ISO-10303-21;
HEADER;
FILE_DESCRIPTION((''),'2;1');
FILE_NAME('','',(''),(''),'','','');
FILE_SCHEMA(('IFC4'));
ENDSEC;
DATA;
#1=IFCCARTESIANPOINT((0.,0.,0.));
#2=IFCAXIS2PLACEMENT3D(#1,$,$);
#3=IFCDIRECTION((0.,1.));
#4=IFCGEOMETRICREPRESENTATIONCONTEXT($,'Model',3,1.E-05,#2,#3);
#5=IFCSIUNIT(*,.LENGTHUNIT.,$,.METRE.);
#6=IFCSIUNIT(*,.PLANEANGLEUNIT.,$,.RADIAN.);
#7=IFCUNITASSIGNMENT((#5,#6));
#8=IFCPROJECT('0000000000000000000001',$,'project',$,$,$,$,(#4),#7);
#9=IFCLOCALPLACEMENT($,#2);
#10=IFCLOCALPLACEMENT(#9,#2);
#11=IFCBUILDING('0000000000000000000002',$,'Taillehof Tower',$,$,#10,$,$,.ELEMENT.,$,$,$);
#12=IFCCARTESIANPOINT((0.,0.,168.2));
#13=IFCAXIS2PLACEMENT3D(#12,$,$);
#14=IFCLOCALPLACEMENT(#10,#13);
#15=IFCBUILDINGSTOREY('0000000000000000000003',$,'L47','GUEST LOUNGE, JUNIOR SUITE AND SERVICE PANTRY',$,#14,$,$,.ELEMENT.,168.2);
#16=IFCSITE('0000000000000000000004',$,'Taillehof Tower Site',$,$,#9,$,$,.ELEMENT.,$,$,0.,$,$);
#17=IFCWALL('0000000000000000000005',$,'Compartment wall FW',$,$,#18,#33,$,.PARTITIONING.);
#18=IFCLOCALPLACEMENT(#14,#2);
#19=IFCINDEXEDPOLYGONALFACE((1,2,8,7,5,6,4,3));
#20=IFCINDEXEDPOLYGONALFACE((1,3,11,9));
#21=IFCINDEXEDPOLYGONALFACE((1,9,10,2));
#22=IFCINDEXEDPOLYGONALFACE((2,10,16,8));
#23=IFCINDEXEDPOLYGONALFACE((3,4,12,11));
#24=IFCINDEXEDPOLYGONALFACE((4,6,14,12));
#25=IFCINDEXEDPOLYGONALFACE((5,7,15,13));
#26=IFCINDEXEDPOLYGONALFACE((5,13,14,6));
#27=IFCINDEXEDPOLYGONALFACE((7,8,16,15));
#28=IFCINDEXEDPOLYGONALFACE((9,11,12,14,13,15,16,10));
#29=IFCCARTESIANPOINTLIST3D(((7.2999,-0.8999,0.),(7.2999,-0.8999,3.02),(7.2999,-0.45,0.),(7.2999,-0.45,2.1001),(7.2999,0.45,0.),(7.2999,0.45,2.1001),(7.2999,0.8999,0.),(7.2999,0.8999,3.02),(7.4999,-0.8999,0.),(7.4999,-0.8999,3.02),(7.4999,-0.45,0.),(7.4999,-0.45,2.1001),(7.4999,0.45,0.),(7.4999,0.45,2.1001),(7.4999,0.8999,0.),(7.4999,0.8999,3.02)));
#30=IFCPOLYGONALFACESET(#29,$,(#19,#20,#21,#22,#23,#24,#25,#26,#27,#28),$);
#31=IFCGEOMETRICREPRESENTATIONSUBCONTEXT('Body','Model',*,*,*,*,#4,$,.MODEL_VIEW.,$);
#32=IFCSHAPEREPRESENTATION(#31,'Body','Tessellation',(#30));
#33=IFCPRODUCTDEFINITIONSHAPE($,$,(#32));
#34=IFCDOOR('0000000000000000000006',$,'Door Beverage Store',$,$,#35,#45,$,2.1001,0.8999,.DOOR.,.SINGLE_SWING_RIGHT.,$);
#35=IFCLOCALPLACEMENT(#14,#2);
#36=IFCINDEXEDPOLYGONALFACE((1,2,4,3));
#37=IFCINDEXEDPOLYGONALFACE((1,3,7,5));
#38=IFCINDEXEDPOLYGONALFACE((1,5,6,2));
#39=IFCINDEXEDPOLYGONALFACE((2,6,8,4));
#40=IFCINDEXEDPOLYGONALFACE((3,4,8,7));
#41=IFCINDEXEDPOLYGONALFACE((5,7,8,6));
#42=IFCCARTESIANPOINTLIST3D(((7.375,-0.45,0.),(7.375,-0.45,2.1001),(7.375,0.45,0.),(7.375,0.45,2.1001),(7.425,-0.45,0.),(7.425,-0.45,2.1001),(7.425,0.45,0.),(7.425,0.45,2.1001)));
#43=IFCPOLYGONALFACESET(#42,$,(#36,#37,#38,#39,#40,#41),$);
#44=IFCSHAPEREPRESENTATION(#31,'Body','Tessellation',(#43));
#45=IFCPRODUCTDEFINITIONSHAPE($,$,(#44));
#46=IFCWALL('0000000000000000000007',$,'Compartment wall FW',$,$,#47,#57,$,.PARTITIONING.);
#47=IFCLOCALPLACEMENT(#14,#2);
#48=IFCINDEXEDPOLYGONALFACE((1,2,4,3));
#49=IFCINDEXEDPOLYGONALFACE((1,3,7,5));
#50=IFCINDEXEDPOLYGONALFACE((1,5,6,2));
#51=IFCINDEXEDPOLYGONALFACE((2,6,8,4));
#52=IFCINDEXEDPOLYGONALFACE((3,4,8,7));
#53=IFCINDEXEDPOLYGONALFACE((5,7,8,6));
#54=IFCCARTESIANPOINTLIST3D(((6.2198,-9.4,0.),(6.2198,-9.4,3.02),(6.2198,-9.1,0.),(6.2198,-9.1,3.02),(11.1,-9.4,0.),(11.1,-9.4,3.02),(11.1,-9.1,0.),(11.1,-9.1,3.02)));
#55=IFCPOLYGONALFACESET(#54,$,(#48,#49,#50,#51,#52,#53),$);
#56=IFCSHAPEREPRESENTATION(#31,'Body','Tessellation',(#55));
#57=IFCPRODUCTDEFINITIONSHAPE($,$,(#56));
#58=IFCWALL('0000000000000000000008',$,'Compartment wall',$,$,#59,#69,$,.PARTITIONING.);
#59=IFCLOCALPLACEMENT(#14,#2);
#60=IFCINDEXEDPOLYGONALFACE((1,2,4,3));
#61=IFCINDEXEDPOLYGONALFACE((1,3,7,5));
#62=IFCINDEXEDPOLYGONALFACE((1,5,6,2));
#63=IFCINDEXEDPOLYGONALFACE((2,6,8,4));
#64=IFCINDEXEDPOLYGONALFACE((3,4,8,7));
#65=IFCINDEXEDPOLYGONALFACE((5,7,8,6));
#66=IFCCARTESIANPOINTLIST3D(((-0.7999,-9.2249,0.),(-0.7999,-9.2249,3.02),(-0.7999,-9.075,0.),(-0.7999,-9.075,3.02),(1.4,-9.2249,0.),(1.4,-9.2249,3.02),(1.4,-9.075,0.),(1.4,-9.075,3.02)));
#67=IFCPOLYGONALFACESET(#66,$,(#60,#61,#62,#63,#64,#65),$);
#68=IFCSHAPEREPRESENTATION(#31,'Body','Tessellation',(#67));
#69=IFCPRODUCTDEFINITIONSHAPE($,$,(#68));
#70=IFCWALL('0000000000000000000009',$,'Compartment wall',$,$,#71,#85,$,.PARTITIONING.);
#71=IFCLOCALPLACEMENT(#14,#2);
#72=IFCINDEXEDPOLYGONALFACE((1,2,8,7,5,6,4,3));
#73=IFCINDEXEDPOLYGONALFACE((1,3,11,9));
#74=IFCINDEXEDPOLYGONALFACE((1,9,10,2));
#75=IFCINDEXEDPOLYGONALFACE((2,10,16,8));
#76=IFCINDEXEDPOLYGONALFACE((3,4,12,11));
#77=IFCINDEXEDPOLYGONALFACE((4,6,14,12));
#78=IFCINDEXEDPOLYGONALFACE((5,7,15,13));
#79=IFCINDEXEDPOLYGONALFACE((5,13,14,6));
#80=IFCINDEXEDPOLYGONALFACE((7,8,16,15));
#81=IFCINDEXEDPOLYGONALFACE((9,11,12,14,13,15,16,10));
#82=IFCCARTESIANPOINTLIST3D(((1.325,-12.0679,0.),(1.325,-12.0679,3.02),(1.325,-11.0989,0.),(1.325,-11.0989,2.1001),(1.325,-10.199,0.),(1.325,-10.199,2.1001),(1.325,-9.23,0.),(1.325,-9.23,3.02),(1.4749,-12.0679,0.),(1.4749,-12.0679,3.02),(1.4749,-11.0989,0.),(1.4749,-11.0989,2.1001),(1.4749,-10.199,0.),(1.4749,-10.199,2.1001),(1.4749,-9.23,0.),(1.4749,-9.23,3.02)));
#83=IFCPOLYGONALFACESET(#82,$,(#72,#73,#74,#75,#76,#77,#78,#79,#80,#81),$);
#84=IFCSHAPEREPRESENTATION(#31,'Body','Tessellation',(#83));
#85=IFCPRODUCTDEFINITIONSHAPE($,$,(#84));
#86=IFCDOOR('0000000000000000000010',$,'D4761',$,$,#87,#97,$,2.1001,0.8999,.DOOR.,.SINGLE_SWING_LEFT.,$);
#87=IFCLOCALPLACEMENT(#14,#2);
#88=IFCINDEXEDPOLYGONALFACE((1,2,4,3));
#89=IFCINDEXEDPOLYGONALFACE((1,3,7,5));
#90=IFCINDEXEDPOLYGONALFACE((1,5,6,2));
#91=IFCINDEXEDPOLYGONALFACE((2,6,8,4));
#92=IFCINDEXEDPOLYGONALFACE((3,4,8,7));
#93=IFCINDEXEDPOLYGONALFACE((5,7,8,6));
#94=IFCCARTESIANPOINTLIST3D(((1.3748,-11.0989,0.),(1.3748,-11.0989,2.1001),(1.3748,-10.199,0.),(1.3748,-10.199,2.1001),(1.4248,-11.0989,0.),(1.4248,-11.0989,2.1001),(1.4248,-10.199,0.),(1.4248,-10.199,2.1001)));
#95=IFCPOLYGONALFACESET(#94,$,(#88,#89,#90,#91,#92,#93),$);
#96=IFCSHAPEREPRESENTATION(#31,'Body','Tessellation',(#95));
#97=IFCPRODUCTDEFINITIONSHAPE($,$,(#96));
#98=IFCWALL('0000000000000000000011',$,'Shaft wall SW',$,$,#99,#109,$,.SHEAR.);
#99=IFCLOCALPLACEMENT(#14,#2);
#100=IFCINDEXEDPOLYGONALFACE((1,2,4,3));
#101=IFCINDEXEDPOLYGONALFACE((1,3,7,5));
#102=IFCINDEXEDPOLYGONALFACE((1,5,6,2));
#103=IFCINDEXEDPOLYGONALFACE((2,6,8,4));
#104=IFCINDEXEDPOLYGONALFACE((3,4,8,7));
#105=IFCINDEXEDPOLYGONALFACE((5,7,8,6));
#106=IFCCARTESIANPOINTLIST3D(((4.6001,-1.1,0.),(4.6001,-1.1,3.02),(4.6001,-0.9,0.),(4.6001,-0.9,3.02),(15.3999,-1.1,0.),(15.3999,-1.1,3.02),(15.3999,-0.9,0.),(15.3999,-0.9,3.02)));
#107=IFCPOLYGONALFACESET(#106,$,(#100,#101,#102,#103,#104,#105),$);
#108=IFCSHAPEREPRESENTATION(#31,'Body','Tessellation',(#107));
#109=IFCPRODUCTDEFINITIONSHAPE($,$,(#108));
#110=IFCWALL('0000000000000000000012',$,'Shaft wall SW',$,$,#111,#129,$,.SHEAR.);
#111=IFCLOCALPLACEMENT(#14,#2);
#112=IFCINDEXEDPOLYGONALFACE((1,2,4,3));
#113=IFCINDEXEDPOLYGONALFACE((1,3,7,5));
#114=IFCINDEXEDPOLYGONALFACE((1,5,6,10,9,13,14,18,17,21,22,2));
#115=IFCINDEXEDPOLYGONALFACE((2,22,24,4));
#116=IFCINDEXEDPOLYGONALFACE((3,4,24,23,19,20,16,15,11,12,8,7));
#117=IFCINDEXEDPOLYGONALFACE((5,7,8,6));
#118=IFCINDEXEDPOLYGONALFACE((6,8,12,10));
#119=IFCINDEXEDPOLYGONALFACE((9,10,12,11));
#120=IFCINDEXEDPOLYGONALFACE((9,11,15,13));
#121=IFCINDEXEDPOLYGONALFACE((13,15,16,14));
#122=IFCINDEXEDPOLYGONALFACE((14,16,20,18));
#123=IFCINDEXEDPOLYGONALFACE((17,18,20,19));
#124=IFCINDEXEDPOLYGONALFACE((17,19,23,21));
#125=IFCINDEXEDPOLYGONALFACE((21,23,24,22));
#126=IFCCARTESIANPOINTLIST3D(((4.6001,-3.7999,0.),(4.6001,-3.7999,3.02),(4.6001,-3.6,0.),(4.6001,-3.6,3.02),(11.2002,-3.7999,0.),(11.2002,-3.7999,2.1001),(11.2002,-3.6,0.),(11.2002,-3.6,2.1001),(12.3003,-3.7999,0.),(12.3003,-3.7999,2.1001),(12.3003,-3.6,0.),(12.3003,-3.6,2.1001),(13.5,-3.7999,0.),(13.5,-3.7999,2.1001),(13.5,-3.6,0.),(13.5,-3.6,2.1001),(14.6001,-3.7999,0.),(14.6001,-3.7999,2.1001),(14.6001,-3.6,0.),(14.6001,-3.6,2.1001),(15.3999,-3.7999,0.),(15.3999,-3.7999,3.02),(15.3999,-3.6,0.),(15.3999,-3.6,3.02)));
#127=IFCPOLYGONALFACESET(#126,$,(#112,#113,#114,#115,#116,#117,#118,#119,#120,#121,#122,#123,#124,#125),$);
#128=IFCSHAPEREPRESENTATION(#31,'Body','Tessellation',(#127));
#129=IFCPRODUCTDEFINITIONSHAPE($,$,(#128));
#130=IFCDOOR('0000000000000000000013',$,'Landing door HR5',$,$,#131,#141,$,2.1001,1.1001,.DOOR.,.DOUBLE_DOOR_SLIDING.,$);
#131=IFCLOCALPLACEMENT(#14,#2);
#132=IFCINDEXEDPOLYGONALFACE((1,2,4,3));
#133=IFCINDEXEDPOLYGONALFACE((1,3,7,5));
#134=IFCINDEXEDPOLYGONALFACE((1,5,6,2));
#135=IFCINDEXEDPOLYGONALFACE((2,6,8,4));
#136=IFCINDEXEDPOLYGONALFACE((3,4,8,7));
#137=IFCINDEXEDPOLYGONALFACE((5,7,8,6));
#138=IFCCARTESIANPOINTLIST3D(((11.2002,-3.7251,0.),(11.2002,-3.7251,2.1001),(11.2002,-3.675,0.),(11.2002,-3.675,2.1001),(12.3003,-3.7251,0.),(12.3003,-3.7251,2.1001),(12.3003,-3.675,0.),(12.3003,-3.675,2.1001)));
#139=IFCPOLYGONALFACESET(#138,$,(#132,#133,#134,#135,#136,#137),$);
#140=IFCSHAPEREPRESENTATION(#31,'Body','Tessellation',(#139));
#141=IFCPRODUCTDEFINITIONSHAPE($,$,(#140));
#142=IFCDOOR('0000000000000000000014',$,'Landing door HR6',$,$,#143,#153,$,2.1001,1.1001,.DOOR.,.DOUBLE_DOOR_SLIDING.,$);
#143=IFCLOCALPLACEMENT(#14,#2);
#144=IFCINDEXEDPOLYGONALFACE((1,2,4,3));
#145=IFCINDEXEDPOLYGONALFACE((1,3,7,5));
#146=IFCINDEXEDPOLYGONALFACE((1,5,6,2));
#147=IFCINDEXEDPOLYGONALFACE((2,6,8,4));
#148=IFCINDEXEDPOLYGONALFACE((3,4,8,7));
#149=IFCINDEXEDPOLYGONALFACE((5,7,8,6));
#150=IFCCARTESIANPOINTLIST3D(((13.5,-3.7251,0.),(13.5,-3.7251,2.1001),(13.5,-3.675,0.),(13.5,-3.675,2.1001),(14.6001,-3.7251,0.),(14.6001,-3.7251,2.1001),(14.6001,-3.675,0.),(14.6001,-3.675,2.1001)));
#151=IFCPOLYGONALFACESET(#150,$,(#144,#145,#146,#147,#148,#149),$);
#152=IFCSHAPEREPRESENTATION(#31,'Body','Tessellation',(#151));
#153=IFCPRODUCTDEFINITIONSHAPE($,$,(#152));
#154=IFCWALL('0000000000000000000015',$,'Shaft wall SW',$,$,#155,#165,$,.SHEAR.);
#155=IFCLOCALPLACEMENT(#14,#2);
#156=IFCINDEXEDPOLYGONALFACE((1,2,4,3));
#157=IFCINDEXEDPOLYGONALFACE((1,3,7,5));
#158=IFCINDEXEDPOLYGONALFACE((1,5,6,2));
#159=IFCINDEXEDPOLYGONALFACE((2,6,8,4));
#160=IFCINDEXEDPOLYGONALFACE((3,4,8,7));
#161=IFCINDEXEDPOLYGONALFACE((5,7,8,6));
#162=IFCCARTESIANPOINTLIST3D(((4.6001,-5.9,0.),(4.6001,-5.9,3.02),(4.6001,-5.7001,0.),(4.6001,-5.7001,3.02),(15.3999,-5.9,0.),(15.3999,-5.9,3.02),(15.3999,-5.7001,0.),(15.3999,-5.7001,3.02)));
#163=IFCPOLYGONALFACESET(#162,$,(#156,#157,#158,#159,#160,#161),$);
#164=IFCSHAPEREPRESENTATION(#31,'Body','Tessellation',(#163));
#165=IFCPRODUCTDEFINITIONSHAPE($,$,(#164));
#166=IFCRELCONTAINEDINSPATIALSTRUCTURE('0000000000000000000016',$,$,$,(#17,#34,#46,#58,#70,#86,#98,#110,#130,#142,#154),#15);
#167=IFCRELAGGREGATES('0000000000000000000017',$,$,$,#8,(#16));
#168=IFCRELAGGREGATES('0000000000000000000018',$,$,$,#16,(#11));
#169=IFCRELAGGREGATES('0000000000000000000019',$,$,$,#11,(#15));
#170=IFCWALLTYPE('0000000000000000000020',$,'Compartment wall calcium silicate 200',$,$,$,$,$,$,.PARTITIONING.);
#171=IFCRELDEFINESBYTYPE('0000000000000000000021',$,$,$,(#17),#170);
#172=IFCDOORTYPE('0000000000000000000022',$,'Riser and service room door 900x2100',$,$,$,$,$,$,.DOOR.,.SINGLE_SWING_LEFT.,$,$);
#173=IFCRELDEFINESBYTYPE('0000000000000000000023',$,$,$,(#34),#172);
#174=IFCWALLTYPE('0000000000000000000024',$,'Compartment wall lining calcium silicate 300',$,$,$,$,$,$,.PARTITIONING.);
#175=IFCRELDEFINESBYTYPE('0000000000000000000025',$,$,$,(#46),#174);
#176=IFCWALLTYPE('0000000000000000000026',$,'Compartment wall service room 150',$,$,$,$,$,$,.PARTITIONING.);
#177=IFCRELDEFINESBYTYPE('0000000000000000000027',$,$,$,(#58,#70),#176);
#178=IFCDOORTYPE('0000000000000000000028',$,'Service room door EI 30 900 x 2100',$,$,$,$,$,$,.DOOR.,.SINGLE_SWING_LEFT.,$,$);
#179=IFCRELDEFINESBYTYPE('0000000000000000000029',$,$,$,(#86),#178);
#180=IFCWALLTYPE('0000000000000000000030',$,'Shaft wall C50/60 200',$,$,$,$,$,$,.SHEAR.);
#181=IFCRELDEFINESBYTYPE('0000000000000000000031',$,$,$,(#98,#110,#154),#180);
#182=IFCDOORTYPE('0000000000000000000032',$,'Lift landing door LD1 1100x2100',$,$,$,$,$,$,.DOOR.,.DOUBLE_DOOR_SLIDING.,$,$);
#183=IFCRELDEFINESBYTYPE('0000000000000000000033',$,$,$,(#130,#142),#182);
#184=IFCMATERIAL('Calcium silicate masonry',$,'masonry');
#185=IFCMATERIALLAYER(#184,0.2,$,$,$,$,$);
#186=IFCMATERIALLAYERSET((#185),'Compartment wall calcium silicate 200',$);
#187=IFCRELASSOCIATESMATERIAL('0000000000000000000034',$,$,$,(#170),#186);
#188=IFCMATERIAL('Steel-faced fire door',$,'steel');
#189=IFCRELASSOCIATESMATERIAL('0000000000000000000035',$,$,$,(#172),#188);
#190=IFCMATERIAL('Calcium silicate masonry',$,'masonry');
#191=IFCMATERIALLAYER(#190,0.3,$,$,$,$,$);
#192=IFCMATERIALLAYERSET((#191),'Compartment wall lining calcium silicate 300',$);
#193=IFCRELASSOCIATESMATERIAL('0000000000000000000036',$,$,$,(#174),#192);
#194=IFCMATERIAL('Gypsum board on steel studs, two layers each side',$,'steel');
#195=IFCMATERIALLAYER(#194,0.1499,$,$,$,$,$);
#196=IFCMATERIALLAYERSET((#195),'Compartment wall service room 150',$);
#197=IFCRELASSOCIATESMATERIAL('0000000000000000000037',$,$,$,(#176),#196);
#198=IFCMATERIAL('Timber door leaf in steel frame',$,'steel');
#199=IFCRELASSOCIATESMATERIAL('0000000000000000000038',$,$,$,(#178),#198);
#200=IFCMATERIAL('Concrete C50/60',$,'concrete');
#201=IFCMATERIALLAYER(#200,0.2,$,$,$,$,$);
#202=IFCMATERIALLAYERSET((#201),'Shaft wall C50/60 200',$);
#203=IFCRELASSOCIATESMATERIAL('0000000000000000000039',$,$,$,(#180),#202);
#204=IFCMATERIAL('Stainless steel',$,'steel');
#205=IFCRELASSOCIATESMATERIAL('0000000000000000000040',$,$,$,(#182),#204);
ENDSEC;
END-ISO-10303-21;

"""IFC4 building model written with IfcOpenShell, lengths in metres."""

from ifc_helpers import new_model, si_unit, direction, frame, frame_2d, origin, place, context, subcontext, project, spatial, rectangle, extrude, material, layer, layer_set, type_object, element, fill, save


model = new_model("IFC4")

# Units and contexts
model_context = context("Model", 3, precision=1e-05, world=origin(), true_north=direction((0.0, 1.0)))
body_context = subcontext(model_context, "Body", "Model", "MODEL_VIEW")
ifc_project = project(units=[si_unit("LENGTHUNIT", "METRE"), si_unit("PLANEANGLEUNIT", "RADIAN")], contexts=[model_context])

# Site, building, storey
site_placement = place(None, origin())
site = spatial("IfcSite", under=ifc_project, at=site_placement, Name="Taillehof Tower Site", CompositionType="ELEMENT", RefElevation=0.0)
building_placement = place(site_placement, origin())
building = spatial("IfcBuilding", under=site, at=building_placement, Name="Taillehof Tower", CompositionType="ELEMENT")
storey_placement = place(building_placement, frame((0.0, 0.0, 168.2)))
storey = spatial("IfcBuildingStorey", under=building, at=storey_placement, Name="L47", Description="GUEST LOUNGE, JUNIOR SUITE AND SERVICE PANTRY", CompositionType="ELEMENT", Elevation=168.2)

# Wall, opening, door
ifc_material_1 = material(Name="Calcium silicate masonry", Category="masonry")
ifc_layer_1 = layer(ifc_material_1, 0.2)
ifc_layer_set_1 = layer_set([ifc_layer_1], Name="Compartment wall calcium silicate 200")
wall_type_1 = type_object("IfcWallType", Name="Compartment wall calcium silicate 200", PredefinedType="PARTITIONING", material=ifc_layer_set_1)
wall_1_placement = place(storey_placement, frame((7.3999, -0.8999, 0.0), z_axis=(0.0, 0.0, 1.0), x_axis=(0.0, 1.0, 0.0)))
wall_1 = element("IfcWall", 1, at=wall_1_placement, inside=storey, type_object=wall_type_1, Name="Compartment wall FW", PredefinedType="PARTITIONING", context=body_context, shape_type="SweptSolid", body=[
    extrude(rectangle(XDim=1.7998, YDim=0.2, at=frame_2d((0.8999, 0.0))), origin(), (0.0, 0.0, 1.0), 3.02),
])
opening_1_placement = place(wall_1_placement, frame((0.45, 0.0, 0.0)))
opening_1 = element("IfcOpeningElement", 2, at=opening_1_placement, cuts=wall_1, PredefinedType="OPENING", context=body_context, shape_type="SweptSolid", body=[
    extrude(rectangle(XDim=0.8999, YDim=2.1001, at=frame_2d((0.45, 1.05))), frame((0.0, 0.1099, 0.0), z_axis=(0.0, -1.0, 0.0), x_axis=(1.0, 0.0, 0.0)), (0.0, 0.0, 1.0), 0.22),
])
ifc_material_2 = material(Name="Steel-faced fire door", Category="steel")
door_type_1 = type_object("IfcDoorType", Name="Riser and service room door 900x2100", OperationType="SINGLE_SWING_LEFT", PredefinedType="DOOR", material=ifc_material_2)
door_1_placement = place(opening_1_placement, origin())
door_1 = element("IfcDoor", 3, at=door_1_placement, inside=storey, type_object=door_type_1, Name="Door Beverage Store", OperationType="SINGLE_SWING_RIGHT", OverallHeight=2.1001, OverallWidth=0.8999, PredefinedType="DOOR", context=body_context, shape_type="SweptSolid", body=[
    extrude(rectangle(XDim=0.8999, YDim=2.1001, at=frame_2d((0.45, 1.05))), frame((0.0, 0.0249, 0.0), z_axis=(0.0, -1.0, 0.0), x_axis=(1.0, 0.0, 0.0)), (0.0, 0.0, 1.0), 0.05),
])
fill(opening_1, door_1)

# Walls
ifc_material_3 = material(Name="Calcium silicate masonry", Category="masonry")
ifc_layer_2 = layer(ifc_material_3, 0.3)
ifc_layer_set_2 = layer_set([ifc_layer_2], Name="Compartment wall lining calcium silicate 300")
wall_type_2 = type_object("IfcWallType", Name="Compartment wall lining calcium silicate 300", PredefinedType="PARTITIONING", material=ifc_layer_set_2)
wall_2_placement = place(storey_placement, frame((6.22, -9.25, 0.0), z_axis=(0.0, 0.0, 1.0), x_axis=(1.0, 0.0, 0.0)))
element("IfcWall", 4, at=wall_2_placement, inside=storey, type_object=wall_type_2, Name="Compartment wall FW", PredefinedType="PARTITIONING", context=body_context, shape_type="SweptSolid", body=[
    extrude(rectangle(XDim=4.8801, YDim=0.3, at=frame_2d((2.4399, 0.0))), origin(), (0.0, 0.0, 1.0), 3.02),
])
ifc_material_4 = material(Name="Gypsum board on steel studs, two layers each side", Category="steel")
ifc_layer_3 = layer(ifc_material_4, 0.1499)
ifc_layer_set_3 = layer_set([ifc_layer_3], Name="Compartment wall service room 150")
wall_type_3 = type_object("IfcWallType", Name="Compartment wall service room 150", PredefinedType="PARTITIONING", material=ifc_layer_set_3)
wall_3_placement = place(storey_placement, frame((-0.8, -9.1499, 0.0), z_axis=(0.0, 0.0, 1.0), x_axis=(1.0, 0.0, 0.0)))
element("IfcWall", 5, at=wall_3_placement, inside=storey, type_object=wall_type_3, Name="Compartment wall", PredefinedType="PARTITIONING", context=body_context, shape_type="SweptSolid", body=[
    extrude(rectangle(XDim=2.2, YDim=0.1499, at=frame_2d((1.1001, 0.0))), origin(), (0.0, 0.0, 1.0), 3.02),
])

# Wall, opening, door
wall_4_placement = place(storey_placement, frame((1.3999, -9.23, 0.0), z_axis=(0.0, 0.0, 1.0), x_axis=(0.0, -1.0, 0.0)))
wall_4 = element("IfcWall", 6, at=wall_4_placement, inside=storey, type_object=wall_type_3, Name="Compartment wall", PredefinedType="PARTITIONING", context=body_context, shape_type="SweptSolid", body=[
    extrude(rectangle(XDim=2.8379, YDim=0.1499, at=frame_2d((1.4189, 0.0))), origin(), (0.0, 0.0, 1.0), 3.02),
])
opening_2_placement = place(wall_4_placement, frame((0.969, 0.0, 0.0)))
opening_2 = element("IfcOpeningElement", 7, at=opening_2_placement, cuts=wall_4, PredefinedType="OPENING", context=body_context, shape_type="SweptSolid", body=[
    extrude(rectangle(XDim=0.8999, YDim=2.1001, at=frame_2d((0.45, 1.05))), frame((0.0, 0.085, 0.0), z_axis=(0.0, -1.0, 0.0), x_axis=(1.0, 0.0, 0.0)), (0.0, 0.0, 1.0), 0.1699),
])
ifc_material_5 = material(Name="Timber door leaf in steel frame", Category="steel")
door_type_2 = type_object("IfcDoorType", Name="Service room door EI 30 900 x 2100", OperationType="SINGLE_SWING_LEFT", PredefinedType="DOOR", material=ifc_material_5)
door_2_placement = place(opening_2_placement, origin())
door_2 = element("IfcDoor", 8, at=door_2_placement, inside=storey, type_object=door_type_2, Name="D4761", OperationType="SINGLE_SWING_LEFT", OverallHeight=2.1001, OverallWidth=0.8999, PredefinedType="DOOR", context=body_context, shape_type="SweptSolid", body=[
    extrude(rectangle(XDim=0.8999, YDim=2.1001, at=frame_2d((0.45, 1.05))), frame((0.0, 0.0249, 0.0), z_axis=(0.0, -1.0, 0.0), x_axis=(1.0, 0.0, 0.0)), (0.0, 0.0, 1.0), 0.05),
])
fill(opening_2, door_2)

# Wall
ifc_material_6 = material(Name="Concrete C50/60", Category="concrete")
ifc_layer_4 = layer(ifc_material_6, 0.2)
ifc_layer_set_4 = layer_set([ifc_layer_4], Name="Shaft wall C50/60 200")
wall_type_4 = type_object("IfcWallType", Name="Shaft wall C50/60 200", PredefinedType="SHEAR", material=ifc_layer_set_4)
wall_5_placement = place(storey_placement, frame((4.6001, -1.0, 0.0), z_axis=(0.0, 0.0, 1.0), x_axis=(1.0, 0.0, 0.0)))
element("IfcWall", 9, at=wall_5_placement, inside=storey, type_object=wall_type_4, Name="Shaft wall SW", PredefinedType="SHEAR", context=body_context, shape_type="SweptSolid", body=[
    extrude(rectangle(XDim=10.7998, YDim=0.2, at=frame_2d((5.3999, 0.0))), origin(), (0.0, 0.0, 1.0), 3.02),
])

# Wall, openings, doors
wall_6_placement = place(storey_placement, frame((4.6001, -3.7, 0.0), z_axis=(0.0, 0.0, 1.0), x_axis=(1.0, 0.0, 0.0)))
wall_6 = element("IfcWall", 10, at=wall_6_placement, inside=storey, type_object=wall_type_4, Name="Shaft wall SW", PredefinedType="SHEAR", context=body_context, shape_type="SweptSolid", body=[
    extrude(rectangle(XDim=10.7998, YDim=0.2, at=frame_2d((5.3999, 0.0))), origin(), (0.0, 0.0, 1.0), 3.02),
])
opening_3_placement = place(wall_6_placement, frame((6.6001, 0.0, 0.0)))
opening_3 = element("IfcOpeningElement", 11, at=opening_3_placement, cuts=wall_6, PredefinedType="OPENING", context=body_context, shape_type="SweptSolid", body=[
    extrude(rectangle(XDim=1.1001, YDim=2.1001, at=frame_2d((0.55, 1.05))), frame((0.0, 0.1099, 0.0), z_axis=(0.0, -1.0, 0.0), x_axis=(1.0, 0.0, 0.0)), (0.0, 0.0, 1.0), 0.22),
])
opening_4_placement = place(wall_6_placement, frame((8.8999, 0.0, 0.0)))
opening_4 = element("IfcOpeningElement", 12, at=opening_4_placement, cuts=wall_6, PredefinedType="OPENING", context=body_context, shape_type="SweptSolid", body=[
    extrude(rectangle(XDim=1.1001, YDim=2.1001, at=frame_2d((0.55, 1.05))), frame((0.0, 0.1099, 0.0), z_axis=(0.0, -1.0, 0.0), x_axis=(1.0, 0.0, 0.0)), (0.0, 0.0, 1.0), 0.22),
])
ifc_material_7 = material(Name="Stainless steel", Category="steel")
door_type_3 = type_object("IfcDoorType", Name="Lift landing door LD1 1100x2100", OperationType="DOUBLE_DOOR_SLIDING", PredefinedType="DOOR", material=ifc_material_7)
door_3_placement = place(opening_3_placement, origin())
door_3 = element("IfcDoor", 13, at=door_3_placement, inside=storey, type_object=door_type_3, Name="Landing door HR5", OperationType="DOUBLE_DOOR_SLIDING", OverallHeight=2.1001, OverallWidth=1.1001, PredefinedType="DOOR", context=body_context, shape_type="SweptSolid", body=[
    extrude(rectangle(XDim=1.1001, YDim=2.1001, at=frame_2d((0.55, 1.05))), frame((0.0, 0.0249, 0.0), z_axis=(0.0, -1.0, 0.0), x_axis=(1.0, 0.0, 0.0)), (0.0, 0.0, 1.0), 0.05),
])
fill(opening_3, door_3)
door_4_placement = place(opening_4_placement, origin())
door_4 = element("IfcDoor", 14, at=door_4_placement, inside=storey, type_object=door_type_3, Name="Landing door HR6", OperationType="DOUBLE_DOOR_SLIDING", OverallHeight=2.1001, OverallWidth=1.1001, PredefinedType="DOOR", context=body_context, shape_type="SweptSolid", body=[
    extrude(rectangle(XDim=1.1001, YDim=2.1001, at=frame_2d((0.55, 1.05))), frame((0.0, 0.0249, 0.0), z_axis=(0.0, -1.0, 0.0), x_axis=(1.0, 0.0, 0.0)), (0.0, 0.0, 1.0), 0.05),
])
fill(opening_4, door_4)

# Wall
wall_7_placement = place(storey_placement, frame((4.6001, -5.8, 0.0), z_axis=(0.0, 0.0, 1.0), x_axis=(1.0, 0.0, 0.0)))
element("IfcWall", 15, at=wall_7_placement, inside=storey, type_object=wall_type_4, Name="Shaft wall SW", PredefinedType="SHEAR", context=body_context, shape_type="SweptSolid", body=[
    extrude(rectangle(XDim=10.7998, YDim=0.2, at=frame_2d((5.3999, 0.0))), origin(), (0.0, 0.0, 1.0), 3.02),
])

save(model, "model.ifc")
